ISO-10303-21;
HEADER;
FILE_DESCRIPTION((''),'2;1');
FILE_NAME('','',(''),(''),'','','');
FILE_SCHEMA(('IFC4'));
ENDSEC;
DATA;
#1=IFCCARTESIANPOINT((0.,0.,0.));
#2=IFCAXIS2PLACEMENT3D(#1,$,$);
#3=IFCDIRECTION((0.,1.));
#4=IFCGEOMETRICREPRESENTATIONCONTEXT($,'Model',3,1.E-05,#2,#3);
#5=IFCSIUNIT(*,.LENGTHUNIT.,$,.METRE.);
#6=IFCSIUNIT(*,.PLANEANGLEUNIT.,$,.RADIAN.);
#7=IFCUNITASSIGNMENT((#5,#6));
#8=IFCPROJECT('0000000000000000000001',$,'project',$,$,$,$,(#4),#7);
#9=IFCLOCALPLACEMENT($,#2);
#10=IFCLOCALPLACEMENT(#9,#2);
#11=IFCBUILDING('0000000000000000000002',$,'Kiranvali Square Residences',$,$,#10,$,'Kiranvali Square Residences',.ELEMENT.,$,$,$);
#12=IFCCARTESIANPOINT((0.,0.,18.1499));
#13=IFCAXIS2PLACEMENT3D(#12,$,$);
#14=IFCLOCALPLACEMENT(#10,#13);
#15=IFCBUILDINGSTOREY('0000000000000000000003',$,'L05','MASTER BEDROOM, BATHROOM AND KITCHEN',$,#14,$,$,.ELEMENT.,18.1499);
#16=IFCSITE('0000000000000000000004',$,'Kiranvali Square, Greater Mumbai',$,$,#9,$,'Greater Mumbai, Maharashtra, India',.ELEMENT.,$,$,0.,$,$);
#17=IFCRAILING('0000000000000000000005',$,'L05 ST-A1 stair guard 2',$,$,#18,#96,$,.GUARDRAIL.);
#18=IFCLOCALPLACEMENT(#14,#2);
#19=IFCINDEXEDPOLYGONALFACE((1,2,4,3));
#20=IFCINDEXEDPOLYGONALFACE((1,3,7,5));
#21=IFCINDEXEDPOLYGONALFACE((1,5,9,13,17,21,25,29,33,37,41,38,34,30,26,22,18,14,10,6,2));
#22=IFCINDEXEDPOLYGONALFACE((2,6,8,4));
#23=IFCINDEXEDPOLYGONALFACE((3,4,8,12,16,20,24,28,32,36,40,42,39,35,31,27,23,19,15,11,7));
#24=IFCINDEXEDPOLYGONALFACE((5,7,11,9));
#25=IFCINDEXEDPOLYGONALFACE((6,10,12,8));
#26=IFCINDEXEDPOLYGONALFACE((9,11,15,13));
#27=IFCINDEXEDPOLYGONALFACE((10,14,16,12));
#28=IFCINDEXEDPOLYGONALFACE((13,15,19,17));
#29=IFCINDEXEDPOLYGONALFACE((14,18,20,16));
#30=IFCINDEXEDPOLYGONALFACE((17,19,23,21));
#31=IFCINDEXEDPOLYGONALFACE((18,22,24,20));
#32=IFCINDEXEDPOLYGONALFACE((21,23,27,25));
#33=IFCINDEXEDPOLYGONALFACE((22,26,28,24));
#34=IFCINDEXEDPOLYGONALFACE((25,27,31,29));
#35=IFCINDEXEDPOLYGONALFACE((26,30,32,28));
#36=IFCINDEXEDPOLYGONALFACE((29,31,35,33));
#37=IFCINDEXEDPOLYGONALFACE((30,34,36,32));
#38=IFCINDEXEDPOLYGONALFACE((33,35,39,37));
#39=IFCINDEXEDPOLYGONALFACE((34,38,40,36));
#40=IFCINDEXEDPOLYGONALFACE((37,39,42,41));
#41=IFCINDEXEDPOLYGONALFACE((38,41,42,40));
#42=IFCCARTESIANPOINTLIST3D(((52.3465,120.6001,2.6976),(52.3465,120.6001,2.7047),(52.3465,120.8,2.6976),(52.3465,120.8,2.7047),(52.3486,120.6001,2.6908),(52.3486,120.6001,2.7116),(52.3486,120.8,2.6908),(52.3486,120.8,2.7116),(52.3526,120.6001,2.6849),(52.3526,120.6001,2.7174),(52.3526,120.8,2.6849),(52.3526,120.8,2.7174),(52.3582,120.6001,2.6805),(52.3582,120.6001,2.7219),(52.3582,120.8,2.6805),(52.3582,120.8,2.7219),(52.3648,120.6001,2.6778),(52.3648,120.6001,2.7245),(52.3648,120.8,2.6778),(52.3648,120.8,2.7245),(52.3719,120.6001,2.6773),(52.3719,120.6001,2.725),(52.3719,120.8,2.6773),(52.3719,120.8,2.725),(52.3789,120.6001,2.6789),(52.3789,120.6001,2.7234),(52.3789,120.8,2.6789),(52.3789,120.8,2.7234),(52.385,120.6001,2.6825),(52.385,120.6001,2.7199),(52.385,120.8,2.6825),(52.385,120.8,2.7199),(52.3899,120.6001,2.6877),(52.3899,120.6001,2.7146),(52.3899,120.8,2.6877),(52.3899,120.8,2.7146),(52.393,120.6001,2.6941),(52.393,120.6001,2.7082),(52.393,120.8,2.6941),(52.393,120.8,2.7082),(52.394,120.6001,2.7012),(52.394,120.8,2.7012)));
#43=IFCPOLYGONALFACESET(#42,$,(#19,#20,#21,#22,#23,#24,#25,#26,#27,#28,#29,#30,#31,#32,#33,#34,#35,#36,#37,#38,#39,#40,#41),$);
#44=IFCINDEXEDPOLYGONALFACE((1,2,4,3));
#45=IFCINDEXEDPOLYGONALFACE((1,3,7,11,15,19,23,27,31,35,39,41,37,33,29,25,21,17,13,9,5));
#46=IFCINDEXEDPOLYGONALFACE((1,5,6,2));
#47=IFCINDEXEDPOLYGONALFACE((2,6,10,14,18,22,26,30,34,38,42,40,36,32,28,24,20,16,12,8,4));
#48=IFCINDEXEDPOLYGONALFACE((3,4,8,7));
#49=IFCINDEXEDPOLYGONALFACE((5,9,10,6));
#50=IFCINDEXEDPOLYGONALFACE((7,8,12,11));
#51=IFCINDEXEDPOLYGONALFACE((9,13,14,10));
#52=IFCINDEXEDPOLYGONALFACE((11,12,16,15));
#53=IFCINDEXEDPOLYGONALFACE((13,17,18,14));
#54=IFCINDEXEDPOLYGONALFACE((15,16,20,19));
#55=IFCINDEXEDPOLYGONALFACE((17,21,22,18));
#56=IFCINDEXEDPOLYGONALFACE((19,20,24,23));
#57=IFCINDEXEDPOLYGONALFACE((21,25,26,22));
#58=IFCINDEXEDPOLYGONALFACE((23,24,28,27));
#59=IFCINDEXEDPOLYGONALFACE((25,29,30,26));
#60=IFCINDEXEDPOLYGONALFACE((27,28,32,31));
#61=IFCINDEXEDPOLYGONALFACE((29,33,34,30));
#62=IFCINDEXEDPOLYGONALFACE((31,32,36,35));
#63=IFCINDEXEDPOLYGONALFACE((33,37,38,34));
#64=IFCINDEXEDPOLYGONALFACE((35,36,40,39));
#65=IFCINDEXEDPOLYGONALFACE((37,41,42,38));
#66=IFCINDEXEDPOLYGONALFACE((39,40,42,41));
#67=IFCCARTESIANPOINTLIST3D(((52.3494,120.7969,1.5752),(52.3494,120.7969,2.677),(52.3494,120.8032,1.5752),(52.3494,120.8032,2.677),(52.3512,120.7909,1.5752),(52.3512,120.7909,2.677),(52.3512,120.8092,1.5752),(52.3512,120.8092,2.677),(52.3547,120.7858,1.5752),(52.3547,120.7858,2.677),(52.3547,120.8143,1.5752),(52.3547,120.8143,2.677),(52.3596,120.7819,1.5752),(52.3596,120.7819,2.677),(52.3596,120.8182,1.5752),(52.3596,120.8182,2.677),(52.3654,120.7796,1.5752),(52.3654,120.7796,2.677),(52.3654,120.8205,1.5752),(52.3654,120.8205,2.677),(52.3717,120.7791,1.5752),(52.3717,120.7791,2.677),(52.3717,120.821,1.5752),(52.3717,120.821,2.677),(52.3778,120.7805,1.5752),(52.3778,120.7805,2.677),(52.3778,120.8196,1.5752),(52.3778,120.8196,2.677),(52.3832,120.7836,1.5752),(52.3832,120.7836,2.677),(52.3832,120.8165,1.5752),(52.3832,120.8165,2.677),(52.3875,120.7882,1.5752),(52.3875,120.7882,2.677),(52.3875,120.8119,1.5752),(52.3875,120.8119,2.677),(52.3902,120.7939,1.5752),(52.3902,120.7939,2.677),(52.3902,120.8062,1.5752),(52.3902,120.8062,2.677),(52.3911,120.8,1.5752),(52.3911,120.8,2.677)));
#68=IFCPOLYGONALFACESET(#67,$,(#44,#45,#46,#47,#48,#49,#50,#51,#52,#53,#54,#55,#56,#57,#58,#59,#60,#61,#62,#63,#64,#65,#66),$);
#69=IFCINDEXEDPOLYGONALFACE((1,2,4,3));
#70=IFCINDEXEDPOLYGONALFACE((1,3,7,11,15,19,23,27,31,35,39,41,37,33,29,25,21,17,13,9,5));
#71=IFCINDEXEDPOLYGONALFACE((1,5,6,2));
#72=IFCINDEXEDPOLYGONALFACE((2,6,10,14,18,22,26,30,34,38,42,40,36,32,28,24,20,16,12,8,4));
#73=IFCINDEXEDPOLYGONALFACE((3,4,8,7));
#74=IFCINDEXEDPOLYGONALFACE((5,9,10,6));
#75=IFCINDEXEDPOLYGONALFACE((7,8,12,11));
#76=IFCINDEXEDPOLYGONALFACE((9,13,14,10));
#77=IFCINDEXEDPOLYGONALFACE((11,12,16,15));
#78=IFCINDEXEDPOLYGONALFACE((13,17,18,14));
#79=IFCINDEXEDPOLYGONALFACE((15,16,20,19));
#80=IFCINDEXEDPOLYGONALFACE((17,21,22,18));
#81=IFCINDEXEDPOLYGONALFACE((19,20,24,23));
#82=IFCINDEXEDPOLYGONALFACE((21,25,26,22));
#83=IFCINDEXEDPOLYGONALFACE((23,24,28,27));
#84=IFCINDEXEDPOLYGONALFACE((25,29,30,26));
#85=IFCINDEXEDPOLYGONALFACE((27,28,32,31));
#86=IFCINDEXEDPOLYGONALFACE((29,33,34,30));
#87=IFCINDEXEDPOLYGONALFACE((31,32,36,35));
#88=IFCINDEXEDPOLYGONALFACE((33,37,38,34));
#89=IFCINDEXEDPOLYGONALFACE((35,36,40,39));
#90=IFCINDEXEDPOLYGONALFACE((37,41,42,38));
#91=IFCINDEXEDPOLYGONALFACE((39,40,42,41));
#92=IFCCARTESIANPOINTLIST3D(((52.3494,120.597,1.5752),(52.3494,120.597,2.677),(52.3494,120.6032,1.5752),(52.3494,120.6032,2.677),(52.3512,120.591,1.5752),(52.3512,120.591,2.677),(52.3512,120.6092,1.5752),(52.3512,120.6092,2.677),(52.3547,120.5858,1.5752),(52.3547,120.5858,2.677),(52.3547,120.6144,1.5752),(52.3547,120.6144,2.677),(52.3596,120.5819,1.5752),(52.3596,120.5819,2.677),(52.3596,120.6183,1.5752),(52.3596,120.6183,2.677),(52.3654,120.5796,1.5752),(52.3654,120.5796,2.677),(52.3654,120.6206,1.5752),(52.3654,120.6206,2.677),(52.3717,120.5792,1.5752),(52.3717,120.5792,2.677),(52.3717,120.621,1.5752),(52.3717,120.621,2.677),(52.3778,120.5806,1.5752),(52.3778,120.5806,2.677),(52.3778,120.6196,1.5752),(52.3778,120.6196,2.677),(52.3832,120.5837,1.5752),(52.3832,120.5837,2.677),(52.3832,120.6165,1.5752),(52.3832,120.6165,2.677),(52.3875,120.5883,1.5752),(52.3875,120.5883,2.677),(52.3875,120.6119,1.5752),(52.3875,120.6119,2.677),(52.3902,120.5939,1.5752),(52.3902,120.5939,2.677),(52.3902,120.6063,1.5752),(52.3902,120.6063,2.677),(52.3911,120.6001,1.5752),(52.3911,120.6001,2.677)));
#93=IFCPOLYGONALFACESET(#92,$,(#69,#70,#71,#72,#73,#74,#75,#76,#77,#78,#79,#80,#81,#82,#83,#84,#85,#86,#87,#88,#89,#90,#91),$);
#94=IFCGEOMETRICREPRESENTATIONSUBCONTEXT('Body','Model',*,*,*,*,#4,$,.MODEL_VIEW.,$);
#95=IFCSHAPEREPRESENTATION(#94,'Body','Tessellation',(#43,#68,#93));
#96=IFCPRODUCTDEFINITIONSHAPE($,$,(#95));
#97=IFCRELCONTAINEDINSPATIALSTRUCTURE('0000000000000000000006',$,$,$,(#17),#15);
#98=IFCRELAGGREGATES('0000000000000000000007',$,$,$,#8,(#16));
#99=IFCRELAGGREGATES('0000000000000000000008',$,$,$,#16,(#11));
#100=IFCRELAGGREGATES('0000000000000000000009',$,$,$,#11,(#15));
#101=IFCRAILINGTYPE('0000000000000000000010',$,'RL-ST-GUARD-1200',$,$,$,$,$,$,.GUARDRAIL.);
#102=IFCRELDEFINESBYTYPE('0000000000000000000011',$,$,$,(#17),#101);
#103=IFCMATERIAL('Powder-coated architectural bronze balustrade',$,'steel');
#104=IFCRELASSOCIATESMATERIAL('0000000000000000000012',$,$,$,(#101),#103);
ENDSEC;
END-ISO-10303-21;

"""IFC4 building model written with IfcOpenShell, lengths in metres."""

from ifc_helpers import new_model, si_unit, direction, frame, origin, origin_2d, place, context, subcontext, project, spatial, circle, extrude, material, type_object, element, save


model = new_model("IFC4")

# Units and contexts
model_context = context("Model", 3, precision=1e-05, world=origin(), true_north=direction((0.0, 1.0)))
body_context = subcontext(model_context, "Body", "Model", "MODEL_VIEW")
ifc_project = project(units=[si_unit("LENGTHUNIT", "METRE"), si_unit("PLANEANGLEUNIT", "RADIAN")], contexts=[model_context])

# Site, building, storey
site_placement = place(None, origin())
site = spatial("IfcSite", under=ifc_project, at=site_placement, Name="Kiranvali Square, Greater Mumbai", LongName="Greater Mumbai, Maharashtra, India", CompositionType="ELEMENT", RefElevation=0.0)
building_placement = place(site_placement, origin())
building = spatial("IfcBuilding", under=site, at=building_placement, Name="Kiranvali Square Residences", LongName="Kiranvali Square Residences", CompositionType="ELEMENT")
storey_placement = place(building_placement, frame((0.0, 0.0, 18.1499)))
storey = spatial("IfcBuildingStorey", under=building, at=storey_placement, Name="L05", Description="MASTER BEDROOM, BATHROOM AND KITCHEN", CompositionType="ELEMENT", Elevation=18.1499)

# Railing
ifc_material_1 = material(Name="Powder-coated architectural bronze balustrade", Category="steel")
railing_type_1 = type_object("IfcRailingType", Name="RL-ST-GUARD-1200", PredefinedType="GUARDRAIL", material=ifc_material_1)
railing_1_placement = place(storey_placement, frame((52.3701, 120.8, 1.5752)))
element("IfcRailing", 1, at=railing_1_placement, inside=storey, type_object=railing_type_1, Name="L05 ST-A1 stair guard 2", PredefinedType="GUARDRAIL", context=body_context, shape_type="SweptSolid", body=[
    extrude(circle(Radius=0.0239, at=origin_2d()), frame((0.0, 0.0, 1.126), z_axis=(0.0, -1.0, 0.0), x_axis=(1.0, 0.0, 0.0)), (0.0, 0.0, 1.0), 0.2),
    extrude(circle(Radius=0.021, at=origin_2d()), origin(), (0.0, 0.0, 1.0), 1.1018),
    extrude(circle(Radius=0.021, at=origin_2d()), frame((0.0, -0.2, 0.0)), (0.0, 0.0, 1.0), 1.1018),
])

save(model, "model.ifc")
